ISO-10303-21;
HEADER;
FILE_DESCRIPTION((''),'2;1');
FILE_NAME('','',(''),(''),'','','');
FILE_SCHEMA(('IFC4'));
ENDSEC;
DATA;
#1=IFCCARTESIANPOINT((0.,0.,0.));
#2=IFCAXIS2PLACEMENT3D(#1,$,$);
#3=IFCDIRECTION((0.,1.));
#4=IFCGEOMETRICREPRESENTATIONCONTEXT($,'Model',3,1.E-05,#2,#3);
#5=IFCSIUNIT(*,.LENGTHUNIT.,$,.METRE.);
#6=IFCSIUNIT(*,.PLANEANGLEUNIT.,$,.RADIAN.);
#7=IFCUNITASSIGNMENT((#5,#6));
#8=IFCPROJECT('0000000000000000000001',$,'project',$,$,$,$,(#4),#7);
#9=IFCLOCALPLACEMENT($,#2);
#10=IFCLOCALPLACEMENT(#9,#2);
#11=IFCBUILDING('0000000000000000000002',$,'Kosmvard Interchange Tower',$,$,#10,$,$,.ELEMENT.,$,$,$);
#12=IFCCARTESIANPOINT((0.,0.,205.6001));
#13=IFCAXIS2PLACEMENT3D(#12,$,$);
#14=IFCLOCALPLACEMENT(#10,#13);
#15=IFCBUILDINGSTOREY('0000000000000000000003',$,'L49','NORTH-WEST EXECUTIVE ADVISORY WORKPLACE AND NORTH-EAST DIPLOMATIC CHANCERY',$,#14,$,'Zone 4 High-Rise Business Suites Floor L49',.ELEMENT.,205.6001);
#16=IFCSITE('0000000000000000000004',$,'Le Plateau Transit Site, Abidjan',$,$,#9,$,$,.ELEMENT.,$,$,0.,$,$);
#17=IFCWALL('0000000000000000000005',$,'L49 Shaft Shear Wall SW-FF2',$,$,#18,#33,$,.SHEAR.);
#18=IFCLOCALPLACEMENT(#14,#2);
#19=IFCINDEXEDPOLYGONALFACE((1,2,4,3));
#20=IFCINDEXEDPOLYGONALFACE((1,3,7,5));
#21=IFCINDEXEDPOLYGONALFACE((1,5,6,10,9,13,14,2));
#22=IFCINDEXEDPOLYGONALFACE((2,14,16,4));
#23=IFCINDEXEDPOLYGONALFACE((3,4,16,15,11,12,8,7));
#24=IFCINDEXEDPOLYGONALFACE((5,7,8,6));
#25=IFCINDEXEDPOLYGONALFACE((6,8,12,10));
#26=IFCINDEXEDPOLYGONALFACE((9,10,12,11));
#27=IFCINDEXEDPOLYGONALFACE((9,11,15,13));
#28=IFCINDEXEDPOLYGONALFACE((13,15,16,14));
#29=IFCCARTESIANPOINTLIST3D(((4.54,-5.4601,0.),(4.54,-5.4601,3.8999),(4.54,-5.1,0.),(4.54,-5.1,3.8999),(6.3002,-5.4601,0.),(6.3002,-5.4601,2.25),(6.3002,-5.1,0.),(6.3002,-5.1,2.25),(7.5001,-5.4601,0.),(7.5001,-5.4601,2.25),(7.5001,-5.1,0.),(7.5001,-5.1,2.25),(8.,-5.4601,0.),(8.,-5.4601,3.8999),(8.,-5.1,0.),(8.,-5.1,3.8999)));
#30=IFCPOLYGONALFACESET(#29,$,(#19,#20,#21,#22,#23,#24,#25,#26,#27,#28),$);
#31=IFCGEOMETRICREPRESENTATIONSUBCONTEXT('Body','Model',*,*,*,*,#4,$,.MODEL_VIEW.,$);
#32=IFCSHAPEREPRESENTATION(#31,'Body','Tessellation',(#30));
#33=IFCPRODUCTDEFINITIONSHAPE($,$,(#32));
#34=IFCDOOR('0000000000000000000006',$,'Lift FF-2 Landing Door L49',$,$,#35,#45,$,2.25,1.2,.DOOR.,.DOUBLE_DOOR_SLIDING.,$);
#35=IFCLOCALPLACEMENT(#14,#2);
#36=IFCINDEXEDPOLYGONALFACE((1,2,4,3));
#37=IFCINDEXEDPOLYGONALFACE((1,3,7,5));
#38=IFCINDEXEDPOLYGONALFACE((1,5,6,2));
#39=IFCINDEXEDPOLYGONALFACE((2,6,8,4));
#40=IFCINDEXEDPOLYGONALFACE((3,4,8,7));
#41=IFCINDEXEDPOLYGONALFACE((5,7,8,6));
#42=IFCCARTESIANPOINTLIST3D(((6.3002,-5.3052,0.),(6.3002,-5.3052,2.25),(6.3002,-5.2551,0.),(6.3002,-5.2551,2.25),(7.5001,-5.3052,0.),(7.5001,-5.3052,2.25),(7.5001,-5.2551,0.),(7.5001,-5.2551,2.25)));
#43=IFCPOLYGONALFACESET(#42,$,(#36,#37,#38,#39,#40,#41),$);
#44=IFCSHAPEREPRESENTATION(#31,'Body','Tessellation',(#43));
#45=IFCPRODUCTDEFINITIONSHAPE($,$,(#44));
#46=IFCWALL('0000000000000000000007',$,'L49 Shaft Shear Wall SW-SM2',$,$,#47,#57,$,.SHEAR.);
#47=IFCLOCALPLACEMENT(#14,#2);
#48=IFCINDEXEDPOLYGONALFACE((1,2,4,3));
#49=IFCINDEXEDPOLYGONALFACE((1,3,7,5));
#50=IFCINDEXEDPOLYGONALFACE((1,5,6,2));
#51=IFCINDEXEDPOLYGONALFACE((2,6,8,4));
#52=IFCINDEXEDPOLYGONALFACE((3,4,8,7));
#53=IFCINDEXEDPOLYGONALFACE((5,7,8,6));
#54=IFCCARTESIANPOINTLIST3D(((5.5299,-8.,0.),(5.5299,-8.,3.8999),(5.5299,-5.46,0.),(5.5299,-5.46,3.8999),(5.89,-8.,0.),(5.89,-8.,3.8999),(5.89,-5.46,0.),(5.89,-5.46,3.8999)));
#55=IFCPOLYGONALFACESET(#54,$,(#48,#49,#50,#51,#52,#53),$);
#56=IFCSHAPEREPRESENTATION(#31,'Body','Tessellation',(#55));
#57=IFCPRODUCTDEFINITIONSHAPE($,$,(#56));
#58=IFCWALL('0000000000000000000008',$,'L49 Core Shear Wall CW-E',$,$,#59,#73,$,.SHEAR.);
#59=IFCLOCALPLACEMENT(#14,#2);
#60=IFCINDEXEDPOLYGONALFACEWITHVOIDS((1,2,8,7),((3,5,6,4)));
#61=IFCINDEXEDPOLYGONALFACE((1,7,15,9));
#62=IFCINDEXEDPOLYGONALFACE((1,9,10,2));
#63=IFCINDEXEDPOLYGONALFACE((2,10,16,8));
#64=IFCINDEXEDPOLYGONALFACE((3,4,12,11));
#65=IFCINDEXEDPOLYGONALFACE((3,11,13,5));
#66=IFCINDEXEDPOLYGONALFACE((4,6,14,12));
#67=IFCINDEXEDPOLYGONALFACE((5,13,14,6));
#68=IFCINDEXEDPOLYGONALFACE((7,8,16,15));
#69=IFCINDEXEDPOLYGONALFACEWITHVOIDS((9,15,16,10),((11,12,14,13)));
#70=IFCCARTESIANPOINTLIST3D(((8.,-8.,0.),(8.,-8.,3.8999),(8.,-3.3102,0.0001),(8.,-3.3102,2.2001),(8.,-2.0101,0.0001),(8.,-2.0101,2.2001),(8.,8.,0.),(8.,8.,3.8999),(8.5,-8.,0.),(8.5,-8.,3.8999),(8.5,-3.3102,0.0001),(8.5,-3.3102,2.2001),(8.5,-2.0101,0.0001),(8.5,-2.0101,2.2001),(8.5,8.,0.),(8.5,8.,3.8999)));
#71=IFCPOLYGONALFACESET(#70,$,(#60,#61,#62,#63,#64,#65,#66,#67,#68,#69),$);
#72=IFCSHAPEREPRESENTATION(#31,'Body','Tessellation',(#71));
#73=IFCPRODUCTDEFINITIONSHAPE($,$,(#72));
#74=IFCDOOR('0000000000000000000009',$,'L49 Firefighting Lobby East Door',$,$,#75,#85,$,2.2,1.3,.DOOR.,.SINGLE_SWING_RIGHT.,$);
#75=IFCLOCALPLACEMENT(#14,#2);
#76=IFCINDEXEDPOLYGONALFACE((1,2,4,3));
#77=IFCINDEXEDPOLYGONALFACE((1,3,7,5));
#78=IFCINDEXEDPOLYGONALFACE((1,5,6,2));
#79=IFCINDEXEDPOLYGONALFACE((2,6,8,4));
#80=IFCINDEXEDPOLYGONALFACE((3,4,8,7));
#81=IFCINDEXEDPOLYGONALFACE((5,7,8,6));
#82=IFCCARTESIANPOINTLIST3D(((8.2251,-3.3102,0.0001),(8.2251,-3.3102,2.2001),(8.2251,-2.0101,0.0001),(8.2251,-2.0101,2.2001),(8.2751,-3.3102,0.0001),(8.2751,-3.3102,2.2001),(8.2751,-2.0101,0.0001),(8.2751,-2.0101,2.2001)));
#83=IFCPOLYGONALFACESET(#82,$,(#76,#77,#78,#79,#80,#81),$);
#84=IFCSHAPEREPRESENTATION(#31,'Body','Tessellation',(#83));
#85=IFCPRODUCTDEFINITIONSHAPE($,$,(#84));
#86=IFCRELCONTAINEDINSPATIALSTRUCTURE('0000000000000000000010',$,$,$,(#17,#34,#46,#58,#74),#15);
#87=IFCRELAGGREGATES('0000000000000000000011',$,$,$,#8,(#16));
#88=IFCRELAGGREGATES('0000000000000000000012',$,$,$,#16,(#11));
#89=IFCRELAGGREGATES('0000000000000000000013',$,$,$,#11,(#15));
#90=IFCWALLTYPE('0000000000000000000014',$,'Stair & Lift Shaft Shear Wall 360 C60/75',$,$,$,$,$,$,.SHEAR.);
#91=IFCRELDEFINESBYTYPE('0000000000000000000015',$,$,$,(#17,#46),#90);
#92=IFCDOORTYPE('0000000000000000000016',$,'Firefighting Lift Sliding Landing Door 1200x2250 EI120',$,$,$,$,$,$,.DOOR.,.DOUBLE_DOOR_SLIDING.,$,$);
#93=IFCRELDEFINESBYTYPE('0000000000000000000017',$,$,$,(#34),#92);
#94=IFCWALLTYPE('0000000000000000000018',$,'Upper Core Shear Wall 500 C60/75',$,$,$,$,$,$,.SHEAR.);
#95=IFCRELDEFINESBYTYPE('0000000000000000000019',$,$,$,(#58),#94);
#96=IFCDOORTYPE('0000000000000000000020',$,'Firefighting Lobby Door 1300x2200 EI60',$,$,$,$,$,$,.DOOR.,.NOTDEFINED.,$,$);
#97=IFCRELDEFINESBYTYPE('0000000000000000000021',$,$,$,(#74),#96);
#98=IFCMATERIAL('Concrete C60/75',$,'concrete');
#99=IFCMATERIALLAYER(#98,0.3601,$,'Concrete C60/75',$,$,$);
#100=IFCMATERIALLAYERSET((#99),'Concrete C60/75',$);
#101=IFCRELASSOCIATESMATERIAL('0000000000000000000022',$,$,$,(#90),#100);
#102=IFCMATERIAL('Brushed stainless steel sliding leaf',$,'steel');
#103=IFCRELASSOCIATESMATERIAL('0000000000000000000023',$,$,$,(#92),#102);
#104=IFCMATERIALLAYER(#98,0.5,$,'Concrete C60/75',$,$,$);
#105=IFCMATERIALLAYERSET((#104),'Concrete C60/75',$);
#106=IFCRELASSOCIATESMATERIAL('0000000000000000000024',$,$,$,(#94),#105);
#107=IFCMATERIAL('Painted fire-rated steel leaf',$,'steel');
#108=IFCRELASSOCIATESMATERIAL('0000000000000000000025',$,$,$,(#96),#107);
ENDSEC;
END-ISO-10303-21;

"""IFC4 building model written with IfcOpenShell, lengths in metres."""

from ifc_helpers import new_model, si_unit, direction, frame, frame_2d, origin, place, context, subcontext, project, spatial, rectangle, extrude, source, transform, mapped, material, layer, layer_set, type_object, element, fill, save


model = new_model("IFC4")

# Units and contexts
model_context = context("Model", 3, precision=1e-05, world=origin(), true_north=direction((0.0, 1.0)))
body_context = subcontext(model_context, "Body", "Model", "MODEL_VIEW")
ifc_project = project(units=[si_unit("LENGTHUNIT", "METRE"), si_unit("PLANEANGLEUNIT", "RADIAN")], contexts=[model_context])

# Site, building, storey
site_placement = place(None, origin())
site = spatial("IfcSite", under=ifc_project, at=site_placement, Name="Le Plateau Transit Site, Abidjan", CompositionType="ELEMENT", RefElevation=0.0)
building_placement = place(site_placement, origin())
building = spatial("IfcBuilding", under=site, at=building_placement, Name="Kosmvard Interchange Tower", CompositionType="ELEMENT")
storey_placement = place(building_placement, frame((0.0, 0.0, 205.6001)))
storey = spatial("IfcBuildingStorey", under=building, at=storey_placement, Name="L49", Description="NORTH-WEST EXECUTIVE ADVISORY WORKPLACE AND NORTH-EAST DIPLOMATIC CHANCERY", LongName="Zone 4 High-Rise Business Suites Floor L49", CompositionType="ELEMENT", Elevation=205.6001)

# Shared definitions
ifc_material_1 = material(Name="Concrete C60/75", Category="concrete")

# Shared definitions
ifc_material_2 = material(Name="Painted fire-rated steel leaf", Category="steel")
ifc_material_3 = material(Name="Brushed stainless steel sliding leaf", Category="steel")

# Shared definitions
ifc_layer_1 = layer(ifc_material_1, 0.3601, Name="Concrete C60/75")
ifc_layer_set_1 = layer_set([ifc_layer_1], Name="Concrete C60/75")
wall_type_1 = type_object("IfcWallType", Name="Stair & Lift Shaft Shear Wall 360 C60/75", PredefinedType="SHEAR", material=ifc_layer_set_1)

# Wall, opening, door
wall_1_placement = place(storey_placement, frame((4.54, -5.28, 0.0), z_axis=(0.0, 0.0, 1.0), x_axis=(1.0, 0.0, 0.0)))
wall_1 = element("IfcWall", 1, at=wall_1_placement, inside=storey, type_object=wall_type_1, Name="L49 Shaft Shear Wall SW-FF2", PredefinedType="SHEAR", context=body_context, shape_type="SweptSolid", body=[
    extrude(rectangle(XDim=3.46, YDim=0.3601, at=frame_2d((1.73, 0.0))), origin(), (0.0, 0.0, 1.0), 3.8999),
])
opening_1_placement = place(wall_1_placement, frame((1.76, 0.0, 0.0)))
opening_1 = element("IfcOpeningElement", 2, at=opening_1_placement, cuts=wall_1, PredefinedType="OPENING", context=body_context, shape_type="SweptSolid", body=[
    extrude(rectangle(XDim=1.2, YDim=2.25, at=frame_2d((0.6001, 1.125))), frame((0.0, 0.1899, 0.0), z_axis=(0.0, -1.0, 0.0), x_axis=(1.0, 0.0, 0.0)), (0.0, 0.0, 1.0), 0.3801),
])
door_type_1 = type_object("IfcDoorType", Name="Firefighting Lift Sliding Landing Door 1200x2250 EI120", OperationType="DOUBLE_DOOR_SLIDING", PredefinedType="DOOR", material=ifc_material_3)
shared_shape_1 = source(origin(), body_context, "Body", "SweptSolid", [
    extrude(rectangle(XDim=1.2, YDim=2.25, at=frame_2d((0.6001, 1.125))), frame((0.0, 0.0249, 0.0), z_axis=(0.0, -1.0, 0.0), x_axis=(1.0, 0.0, 0.0)), (0.0, 0.0, 1.0), 0.05),
])
door_1_placement = place(opening_1_placement, origin())
door_1 = element("IfcDoor", 3, at=door_1_placement, inside=storey, type_object=door_type_1, Name="Lift FF-2 Landing Door L49", OperationType="DOUBLE_DOOR_SLIDING", OverallHeight=2.25, OverallWidth=1.2, PredefinedType="DOOR", context=body_context, shape_type="MappedRepresentation", body=[
    mapped(shared_shape_1, transform((0.0, 0.0, 0.0), scale=1.0)),
])
fill(opening_1, door_1)

# Wall
wall_2_placement = place(storey_placement, frame((5.71, -8.0, 0.0), z_axis=(0.0, 0.0, 1.0), x_axis=(0.0, 1.0, 0.0)))
element("IfcWall", 4, at=wall_2_placement, inside=storey, type_object=wall_type_1, Name="L49 Shaft Shear Wall SW-SM2", PredefinedType="SHEAR", context=body_context, shape_type="SweptSolid", body=[
    extrude(rectangle(XDim=2.54, YDim=0.3601, at=frame_2d((1.27, 0.0))), origin(), (0.0, 0.0, 1.0), 3.8999),
])

# Wall, opening, door
ifc_layer_2 = layer(ifc_material_1, 0.5, Name="Concrete C60/75")
ifc_layer_set_2 = layer_set([ifc_layer_2], Name="Concrete C60/75")
wall_type_2 = type_object("IfcWallType", Name="Upper Core Shear Wall 500 C60/75", PredefinedType="SHEAR", material=ifc_layer_set_2)
wall_3_placement = place(storey_placement, frame((8.25, -8.0, 0.0), z_axis=(0.0, 0.0, 1.0), x_axis=(0.0, 1.0, 0.0)))
wall_3 = element("IfcWall", 5, at=wall_3_placement, inside=storey, type_object=wall_type_2, Name="L49 Core Shear Wall CW-E", PredefinedType="SHEAR", context=body_context, shape_type="SweptSolid", body=[
    extrude(rectangle(XDim=16.0, YDim=0.5, at=frame_2d((8.0, 0.0))), origin(), (0.0, 0.0, 1.0), 3.8999),
])
opening_2_placement = place(wall_3_placement, frame((4.6899, 0.0, 0.0)))
opening_2 = element("IfcOpeningElement", 6, at=opening_2_placement, cuts=wall_3, PredefinedType="OPENING", context=body_context, shape_type="SweptSolid", body=[
    extrude(rectangle(XDim=1.3, YDim=2.2, at=frame_2d((0.6499, 1.1001))), frame((0.0, 0.26, 0.0), z_axis=(0.0, -1.0, 0.0), x_axis=(1.0, 0.0, 0.0)), (0.0, 0.0, 1.0), 0.52),
])
door_type_2 = type_object("IfcDoorType", Name="Firefighting Lobby Door 1300x2200 EI60", OperationType="NOTDEFINED", PredefinedType="DOOR", material=ifc_material_2)
shared_shape_2 = source(origin(), body_context, "Body", "SweptSolid", [
    extrude(rectangle(XDim=1.3, YDim=2.2, at=frame_2d((0.6499, 1.1001))), frame((0.0, 0.0249, 0.0), z_axis=(0.0, -1.0, 0.0), x_axis=(1.0, 0.0, 0.0)), (0.0, 0.0, 1.0), 0.05),
])
door_2_placement = place(opening_2_placement, origin())
door_2 = element("IfcDoor", 7, at=door_2_placement, inside=storey, type_object=door_type_2, Name="L49 Firefighting Lobby East Door", OperationType="SINGLE_SWING_RIGHT", OverallHeight=2.2, OverallWidth=1.3, PredefinedType="DOOR", context=body_context, shape_type="MappedRepresentation", body=[
    mapped(shared_shape_2, transform((0.0, 0.0, 0.0), scale=1.0)),
])
fill(opening_2, door_2)

save(model, "model.ifc")
